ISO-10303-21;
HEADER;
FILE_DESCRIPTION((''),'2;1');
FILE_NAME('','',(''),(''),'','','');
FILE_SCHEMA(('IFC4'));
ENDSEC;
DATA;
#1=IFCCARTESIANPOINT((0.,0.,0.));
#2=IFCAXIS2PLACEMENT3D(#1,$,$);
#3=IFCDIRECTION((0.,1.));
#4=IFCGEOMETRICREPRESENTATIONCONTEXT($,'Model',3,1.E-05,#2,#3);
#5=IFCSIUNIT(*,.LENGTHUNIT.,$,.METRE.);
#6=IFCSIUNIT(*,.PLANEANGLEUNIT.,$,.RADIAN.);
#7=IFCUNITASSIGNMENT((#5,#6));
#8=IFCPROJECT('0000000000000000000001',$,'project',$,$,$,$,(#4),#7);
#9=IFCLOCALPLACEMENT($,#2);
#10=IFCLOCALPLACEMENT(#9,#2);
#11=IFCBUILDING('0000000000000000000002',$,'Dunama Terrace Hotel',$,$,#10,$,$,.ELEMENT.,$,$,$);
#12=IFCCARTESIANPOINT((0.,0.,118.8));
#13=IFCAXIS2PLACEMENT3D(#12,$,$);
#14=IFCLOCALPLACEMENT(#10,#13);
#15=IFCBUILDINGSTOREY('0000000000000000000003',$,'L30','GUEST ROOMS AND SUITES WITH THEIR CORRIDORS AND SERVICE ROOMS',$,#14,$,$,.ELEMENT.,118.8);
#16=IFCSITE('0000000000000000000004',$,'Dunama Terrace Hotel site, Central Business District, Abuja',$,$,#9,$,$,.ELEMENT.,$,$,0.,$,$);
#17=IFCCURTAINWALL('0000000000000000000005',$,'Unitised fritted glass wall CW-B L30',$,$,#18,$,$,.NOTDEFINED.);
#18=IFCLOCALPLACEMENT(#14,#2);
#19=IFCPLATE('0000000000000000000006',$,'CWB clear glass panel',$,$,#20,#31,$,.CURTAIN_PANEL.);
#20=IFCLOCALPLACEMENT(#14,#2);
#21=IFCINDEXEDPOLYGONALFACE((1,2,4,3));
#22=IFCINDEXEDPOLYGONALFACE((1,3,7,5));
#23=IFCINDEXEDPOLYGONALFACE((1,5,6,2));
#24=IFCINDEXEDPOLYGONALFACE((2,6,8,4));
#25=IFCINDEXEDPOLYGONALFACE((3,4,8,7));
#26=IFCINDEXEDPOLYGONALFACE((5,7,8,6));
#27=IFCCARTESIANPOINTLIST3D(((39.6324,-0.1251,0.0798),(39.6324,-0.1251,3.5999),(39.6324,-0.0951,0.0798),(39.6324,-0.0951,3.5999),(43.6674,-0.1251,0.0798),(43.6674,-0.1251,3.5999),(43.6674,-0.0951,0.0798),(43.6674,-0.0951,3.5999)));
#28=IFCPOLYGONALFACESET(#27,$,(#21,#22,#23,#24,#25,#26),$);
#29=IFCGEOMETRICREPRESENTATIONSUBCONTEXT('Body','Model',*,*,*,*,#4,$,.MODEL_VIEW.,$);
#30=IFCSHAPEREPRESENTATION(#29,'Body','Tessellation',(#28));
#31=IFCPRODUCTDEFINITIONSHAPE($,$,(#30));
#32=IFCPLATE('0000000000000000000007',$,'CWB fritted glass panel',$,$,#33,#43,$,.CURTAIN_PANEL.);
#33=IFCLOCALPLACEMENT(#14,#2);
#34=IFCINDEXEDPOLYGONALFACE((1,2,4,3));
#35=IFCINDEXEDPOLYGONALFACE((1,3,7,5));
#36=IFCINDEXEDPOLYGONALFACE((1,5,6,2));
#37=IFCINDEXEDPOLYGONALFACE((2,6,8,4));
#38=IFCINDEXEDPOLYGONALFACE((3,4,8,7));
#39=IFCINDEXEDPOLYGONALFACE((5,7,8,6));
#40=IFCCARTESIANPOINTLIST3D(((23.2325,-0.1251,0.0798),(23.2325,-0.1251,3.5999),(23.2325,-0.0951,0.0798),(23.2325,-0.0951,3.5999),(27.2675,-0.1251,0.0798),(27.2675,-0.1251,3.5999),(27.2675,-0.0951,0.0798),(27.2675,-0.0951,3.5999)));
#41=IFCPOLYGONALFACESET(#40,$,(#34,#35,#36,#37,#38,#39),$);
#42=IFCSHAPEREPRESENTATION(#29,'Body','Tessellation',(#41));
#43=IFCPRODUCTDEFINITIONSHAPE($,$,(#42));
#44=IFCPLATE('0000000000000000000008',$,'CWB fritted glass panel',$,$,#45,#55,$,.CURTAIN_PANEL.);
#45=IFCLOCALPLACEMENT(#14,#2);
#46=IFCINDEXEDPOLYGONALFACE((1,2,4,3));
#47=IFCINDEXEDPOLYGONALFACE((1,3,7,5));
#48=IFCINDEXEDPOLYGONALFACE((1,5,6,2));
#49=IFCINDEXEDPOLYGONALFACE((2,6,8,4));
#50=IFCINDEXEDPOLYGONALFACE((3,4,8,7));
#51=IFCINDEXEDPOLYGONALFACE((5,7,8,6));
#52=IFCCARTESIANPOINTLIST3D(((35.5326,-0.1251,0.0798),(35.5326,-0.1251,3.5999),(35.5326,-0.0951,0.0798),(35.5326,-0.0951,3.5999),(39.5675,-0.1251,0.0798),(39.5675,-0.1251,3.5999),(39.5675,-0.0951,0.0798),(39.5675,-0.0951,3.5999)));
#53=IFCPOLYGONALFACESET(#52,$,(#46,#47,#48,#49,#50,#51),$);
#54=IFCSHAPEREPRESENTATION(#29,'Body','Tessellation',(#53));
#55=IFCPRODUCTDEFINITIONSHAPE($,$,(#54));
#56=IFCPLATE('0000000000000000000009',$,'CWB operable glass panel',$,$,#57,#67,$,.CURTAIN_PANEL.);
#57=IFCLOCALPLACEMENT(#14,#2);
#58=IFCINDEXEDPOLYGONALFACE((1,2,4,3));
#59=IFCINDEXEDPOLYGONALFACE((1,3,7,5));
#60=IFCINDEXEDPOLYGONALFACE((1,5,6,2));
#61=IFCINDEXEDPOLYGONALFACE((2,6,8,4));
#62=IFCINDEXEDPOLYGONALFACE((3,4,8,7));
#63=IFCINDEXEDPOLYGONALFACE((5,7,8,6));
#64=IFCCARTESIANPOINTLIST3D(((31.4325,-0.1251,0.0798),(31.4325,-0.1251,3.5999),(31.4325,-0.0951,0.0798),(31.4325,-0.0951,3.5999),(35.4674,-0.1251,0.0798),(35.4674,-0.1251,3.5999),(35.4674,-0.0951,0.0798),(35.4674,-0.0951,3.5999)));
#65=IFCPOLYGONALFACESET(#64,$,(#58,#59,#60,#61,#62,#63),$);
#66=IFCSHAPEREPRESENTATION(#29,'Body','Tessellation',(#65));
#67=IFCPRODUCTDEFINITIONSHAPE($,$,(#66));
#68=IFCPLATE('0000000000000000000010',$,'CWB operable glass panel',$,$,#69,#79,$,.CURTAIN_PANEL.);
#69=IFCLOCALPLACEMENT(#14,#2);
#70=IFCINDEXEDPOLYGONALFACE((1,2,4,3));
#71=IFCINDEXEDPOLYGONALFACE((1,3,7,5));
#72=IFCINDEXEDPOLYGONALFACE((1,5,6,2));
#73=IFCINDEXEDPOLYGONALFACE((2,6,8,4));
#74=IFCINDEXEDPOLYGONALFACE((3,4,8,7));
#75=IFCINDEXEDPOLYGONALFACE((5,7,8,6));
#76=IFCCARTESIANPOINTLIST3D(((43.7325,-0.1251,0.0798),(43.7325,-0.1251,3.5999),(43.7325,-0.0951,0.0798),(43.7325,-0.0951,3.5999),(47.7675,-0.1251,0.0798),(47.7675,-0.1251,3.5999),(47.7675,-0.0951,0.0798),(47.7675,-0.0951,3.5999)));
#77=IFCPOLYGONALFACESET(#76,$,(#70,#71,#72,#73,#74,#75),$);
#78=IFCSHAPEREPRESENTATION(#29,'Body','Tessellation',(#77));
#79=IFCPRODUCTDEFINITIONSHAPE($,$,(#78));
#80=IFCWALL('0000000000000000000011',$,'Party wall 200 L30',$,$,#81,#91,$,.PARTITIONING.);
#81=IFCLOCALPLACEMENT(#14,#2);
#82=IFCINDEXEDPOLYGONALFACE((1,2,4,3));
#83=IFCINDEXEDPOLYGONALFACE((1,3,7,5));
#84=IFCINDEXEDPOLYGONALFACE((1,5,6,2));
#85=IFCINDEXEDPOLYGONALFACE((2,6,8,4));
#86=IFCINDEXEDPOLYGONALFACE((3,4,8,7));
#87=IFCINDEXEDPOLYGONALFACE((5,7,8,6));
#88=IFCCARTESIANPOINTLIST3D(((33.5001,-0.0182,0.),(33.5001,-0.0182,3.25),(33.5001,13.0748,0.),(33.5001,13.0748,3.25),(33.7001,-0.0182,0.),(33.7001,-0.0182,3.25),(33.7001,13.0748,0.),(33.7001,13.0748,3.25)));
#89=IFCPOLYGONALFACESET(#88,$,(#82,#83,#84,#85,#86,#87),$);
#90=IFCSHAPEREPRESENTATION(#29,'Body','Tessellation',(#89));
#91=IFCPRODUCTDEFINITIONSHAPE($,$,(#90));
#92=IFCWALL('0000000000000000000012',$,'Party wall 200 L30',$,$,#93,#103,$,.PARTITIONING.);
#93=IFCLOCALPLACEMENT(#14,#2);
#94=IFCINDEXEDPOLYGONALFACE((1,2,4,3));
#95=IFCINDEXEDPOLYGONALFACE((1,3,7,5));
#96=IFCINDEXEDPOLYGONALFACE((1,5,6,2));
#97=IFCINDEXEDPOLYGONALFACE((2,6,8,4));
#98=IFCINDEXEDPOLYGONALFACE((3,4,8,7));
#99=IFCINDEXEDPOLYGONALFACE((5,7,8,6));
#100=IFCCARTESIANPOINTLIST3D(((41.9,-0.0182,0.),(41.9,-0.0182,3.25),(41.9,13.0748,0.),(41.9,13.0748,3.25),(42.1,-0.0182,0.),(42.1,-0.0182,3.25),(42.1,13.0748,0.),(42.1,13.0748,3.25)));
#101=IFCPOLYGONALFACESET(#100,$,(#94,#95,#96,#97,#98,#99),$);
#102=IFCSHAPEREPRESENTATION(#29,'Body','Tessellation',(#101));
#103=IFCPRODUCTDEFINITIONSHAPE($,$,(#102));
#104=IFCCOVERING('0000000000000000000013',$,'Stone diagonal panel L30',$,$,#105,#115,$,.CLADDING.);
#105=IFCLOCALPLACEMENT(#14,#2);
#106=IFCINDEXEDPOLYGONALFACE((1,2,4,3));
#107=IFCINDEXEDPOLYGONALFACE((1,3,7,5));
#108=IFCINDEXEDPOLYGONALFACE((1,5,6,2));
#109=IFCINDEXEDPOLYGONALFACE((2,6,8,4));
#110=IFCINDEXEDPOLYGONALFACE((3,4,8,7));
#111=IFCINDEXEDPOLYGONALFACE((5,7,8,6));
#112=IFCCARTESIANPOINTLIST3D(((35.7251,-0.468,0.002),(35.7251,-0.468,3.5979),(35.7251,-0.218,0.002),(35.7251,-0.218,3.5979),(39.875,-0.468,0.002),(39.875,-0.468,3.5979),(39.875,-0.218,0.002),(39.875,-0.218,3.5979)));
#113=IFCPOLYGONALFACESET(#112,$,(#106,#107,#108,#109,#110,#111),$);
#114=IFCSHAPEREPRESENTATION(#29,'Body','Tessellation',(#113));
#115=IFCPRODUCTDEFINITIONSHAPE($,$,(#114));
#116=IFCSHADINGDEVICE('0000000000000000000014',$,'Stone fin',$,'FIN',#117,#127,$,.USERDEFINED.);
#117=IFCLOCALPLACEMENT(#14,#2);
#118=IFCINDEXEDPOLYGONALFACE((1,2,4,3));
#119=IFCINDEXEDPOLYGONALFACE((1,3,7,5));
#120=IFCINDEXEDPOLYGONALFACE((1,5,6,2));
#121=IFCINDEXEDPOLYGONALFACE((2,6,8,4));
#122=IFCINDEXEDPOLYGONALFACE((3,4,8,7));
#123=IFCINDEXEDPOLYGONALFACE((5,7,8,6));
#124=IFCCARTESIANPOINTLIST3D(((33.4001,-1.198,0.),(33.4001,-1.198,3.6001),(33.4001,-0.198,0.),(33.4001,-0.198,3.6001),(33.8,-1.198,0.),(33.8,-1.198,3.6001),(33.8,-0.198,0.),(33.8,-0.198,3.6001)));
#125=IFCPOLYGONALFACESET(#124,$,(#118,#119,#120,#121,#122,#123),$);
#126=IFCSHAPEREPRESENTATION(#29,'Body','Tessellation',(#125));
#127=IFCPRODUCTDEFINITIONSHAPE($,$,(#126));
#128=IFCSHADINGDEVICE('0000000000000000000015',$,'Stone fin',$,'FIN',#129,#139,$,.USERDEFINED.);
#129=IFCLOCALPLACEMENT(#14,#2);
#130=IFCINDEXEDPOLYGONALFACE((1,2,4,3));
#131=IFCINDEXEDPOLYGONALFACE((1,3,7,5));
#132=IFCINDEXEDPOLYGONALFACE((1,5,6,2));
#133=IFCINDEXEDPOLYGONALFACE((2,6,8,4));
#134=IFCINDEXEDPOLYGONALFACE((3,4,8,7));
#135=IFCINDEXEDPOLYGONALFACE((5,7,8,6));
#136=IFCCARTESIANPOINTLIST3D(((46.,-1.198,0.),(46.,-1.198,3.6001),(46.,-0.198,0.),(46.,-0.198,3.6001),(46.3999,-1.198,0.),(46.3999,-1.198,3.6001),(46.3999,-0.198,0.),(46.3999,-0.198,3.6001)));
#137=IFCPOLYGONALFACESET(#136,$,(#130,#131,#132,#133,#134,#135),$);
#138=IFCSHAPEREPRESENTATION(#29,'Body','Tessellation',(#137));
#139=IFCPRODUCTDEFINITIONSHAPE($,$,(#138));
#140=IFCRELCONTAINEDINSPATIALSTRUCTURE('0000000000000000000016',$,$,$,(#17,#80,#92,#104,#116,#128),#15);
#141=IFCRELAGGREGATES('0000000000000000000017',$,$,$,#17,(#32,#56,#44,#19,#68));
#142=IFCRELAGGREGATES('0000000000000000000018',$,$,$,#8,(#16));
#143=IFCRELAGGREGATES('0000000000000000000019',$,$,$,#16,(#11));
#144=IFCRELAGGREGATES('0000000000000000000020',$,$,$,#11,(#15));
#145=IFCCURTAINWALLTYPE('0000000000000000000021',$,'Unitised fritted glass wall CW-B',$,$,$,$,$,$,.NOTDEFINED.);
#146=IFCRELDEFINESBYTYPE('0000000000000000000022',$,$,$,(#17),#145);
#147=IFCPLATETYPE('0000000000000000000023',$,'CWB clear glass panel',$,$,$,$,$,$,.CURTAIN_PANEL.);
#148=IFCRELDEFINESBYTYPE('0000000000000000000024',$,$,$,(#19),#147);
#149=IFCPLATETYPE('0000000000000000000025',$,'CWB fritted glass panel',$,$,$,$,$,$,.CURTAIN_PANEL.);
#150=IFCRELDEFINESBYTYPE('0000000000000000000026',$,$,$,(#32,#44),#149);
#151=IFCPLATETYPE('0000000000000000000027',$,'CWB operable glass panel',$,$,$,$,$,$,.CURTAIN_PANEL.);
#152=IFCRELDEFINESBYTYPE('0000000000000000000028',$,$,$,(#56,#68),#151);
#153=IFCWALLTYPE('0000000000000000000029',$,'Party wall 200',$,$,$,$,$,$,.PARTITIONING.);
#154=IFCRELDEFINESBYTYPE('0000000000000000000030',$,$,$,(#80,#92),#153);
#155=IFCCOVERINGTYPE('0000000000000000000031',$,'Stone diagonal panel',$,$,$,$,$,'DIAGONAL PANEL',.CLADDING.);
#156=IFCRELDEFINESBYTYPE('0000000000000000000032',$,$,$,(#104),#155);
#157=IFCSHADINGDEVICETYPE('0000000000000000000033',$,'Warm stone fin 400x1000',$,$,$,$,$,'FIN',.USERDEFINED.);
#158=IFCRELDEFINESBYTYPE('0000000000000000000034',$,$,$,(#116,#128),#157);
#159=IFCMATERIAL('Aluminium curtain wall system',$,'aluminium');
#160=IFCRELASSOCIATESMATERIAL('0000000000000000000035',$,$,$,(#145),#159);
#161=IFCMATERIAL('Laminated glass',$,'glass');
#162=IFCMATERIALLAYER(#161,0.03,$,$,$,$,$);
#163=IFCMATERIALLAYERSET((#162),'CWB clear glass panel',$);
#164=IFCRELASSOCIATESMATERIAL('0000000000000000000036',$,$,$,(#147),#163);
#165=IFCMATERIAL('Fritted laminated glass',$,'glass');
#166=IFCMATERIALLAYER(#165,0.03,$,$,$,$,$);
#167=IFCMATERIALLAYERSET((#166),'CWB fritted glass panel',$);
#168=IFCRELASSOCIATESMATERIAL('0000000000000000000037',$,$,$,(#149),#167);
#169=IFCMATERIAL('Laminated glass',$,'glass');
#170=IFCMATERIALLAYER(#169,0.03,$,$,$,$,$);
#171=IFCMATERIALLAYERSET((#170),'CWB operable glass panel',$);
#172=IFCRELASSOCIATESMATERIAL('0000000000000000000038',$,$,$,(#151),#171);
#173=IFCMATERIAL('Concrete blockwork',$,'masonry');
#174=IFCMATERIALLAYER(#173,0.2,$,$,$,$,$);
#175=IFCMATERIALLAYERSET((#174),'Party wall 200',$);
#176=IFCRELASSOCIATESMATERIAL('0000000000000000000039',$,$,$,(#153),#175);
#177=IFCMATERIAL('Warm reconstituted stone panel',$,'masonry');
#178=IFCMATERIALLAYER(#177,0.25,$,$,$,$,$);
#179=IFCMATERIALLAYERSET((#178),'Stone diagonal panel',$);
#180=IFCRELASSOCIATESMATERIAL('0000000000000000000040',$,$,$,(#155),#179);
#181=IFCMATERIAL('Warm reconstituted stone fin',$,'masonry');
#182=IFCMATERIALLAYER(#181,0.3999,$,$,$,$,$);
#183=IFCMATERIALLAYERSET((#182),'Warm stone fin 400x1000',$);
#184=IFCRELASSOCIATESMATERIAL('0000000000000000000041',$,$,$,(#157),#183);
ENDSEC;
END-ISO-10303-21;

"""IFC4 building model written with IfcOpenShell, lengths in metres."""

from ifc_helpers import new_model, si_unit, direction, frame, frame_2d, origin, origin_2d, place, context, subcontext, project, spatial, rectangle, extrude, material, layer, layer_set, type_object, element, aggregate, save


model = new_model("IFC4")

# Units and contexts
model_context = context("Model", 3, precision=1e-05, world=origin(), true_north=direction((0.0, 1.0)))
body_context = subcontext(model_context, "Body", "Model", "MODEL_VIEW")
ifc_project = project(units=[si_unit("LENGTHUNIT", "METRE"), si_unit("PLANEANGLEUNIT", "RADIAN")], contexts=[model_context])

# Site, building, storey
site_placement = place(None, origin())
site = spatial("IfcSite", under=ifc_project, at=site_placement, Name="Dunama Terrace Hotel site, Central Business District, Abuja", CompositionType="ELEMENT", RefElevation=0.0)
building_placement = place(site_placement, origin())
building = spatial("IfcBuilding", under=site, at=building_placement, Name="Dunama Terrace Hotel", CompositionType="ELEMENT")
storey_placement = place(building_placement, frame((0.0, 0.0, 118.8)))
storey = spatial("IfcBuildingStorey", under=building, at=storey_placement, Name="L30", Description="GUEST ROOMS AND SUITES WITH THEIR CORRIDORS AND SERVICE ROOMS", CompositionType="ELEMENT", Elevation=118.8)

# Curtain wall
ifc_material_1 = material(Name="Aluminium curtain wall system", Category="aluminium")
curtain_wall_type = type_object("IfcCurtainWallType", Name="Unitised fritted glass wall CW-B", PredefinedType="NOTDEFINED", material=ifc_material_1)
curtain_wall_placement = place(storey_placement, origin())
curtain_wall = element("IfcCurtainWall", 1, at=curtain_wall_placement, inside=storey, type_object=curtain_wall_type, Name="Unitised fritted glass wall CW-B L30", PredefinedType="NOTDEFINED")

# Plates
ifc_material_2 = material(Name="Laminated glass", Category="glass")
ifc_layer_1 = layer(ifc_material_2, 0.03)
ifc_layer_set_1 = layer_set([ifc_layer_1], Name="CWB clear glass panel")
plate_type_1 = type_object("IfcPlateType", Name="CWB clear glass panel", PredefinedType="CURTAIN_PANEL", material=ifc_layer_set_1)
plate_1_placement = place(storey_placement, frame((41.6499, -0.1101, 0.0798), z_axis=(0.0, 0.0, 1.0), x_axis=(1.0, 0.0, 0.0)))
plate_1 = element("IfcPlate", 2, at=plate_1_placement, type_object=plate_type_1, Name="CWB clear glass panel", PredefinedType="CURTAIN_PANEL", context=body_context, shape_type="SweptSolid", body=[
    extrude(rectangle(XDim=4.0349, YDim=0.03, at=origin_2d()), origin(), (0.0, 0.0, 1.0), 3.52),
])
ifc_material_3 = material(Name="Fritted laminated glass", Category="glass")
ifc_layer_2 = layer(ifc_material_3, 0.03)
ifc_layer_set_2 = layer_set([ifc_layer_2], Name="CWB fritted glass panel")
plate_type_2 = type_object("IfcPlateType", Name="CWB fritted glass panel", PredefinedType="CURTAIN_PANEL", material=ifc_layer_set_2)
plate_2_placement = place(storey_placement, frame((25.25, -0.1101, 0.0798), z_axis=(0.0, 0.0, 1.0), x_axis=(1.0, 0.0, 0.0)))
plate_2 = element("IfcPlate", 3, at=plate_2_placement, type_object=plate_type_2, Name="CWB fritted glass panel", PredefinedType="CURTAIN_PANEL", context=body_context, shape_type="SweptSolid", body=[
    extrude(rectangle(XDim=4.0349, YDim=0.03, at=origin_2d()), origin(), (0.0, 0.0, 1.0), 3.52),
])
plate_3_placement = place(storey_placement, frame((37.55, -0.1101, 0.0798), z_axis=(0.0, 0.0, 1.0), x_axis=(1.0, 0.0, 0.0)))
plate_3 = element("IfcPlate", 4, at=plate_3_placement, type_object=plate_type_2, Name="CWB fritted glass panel", PredefinedType="CURTAIN_PANEL", context=body_context, shape_type="SweptSolid", body=[
    extrude(rectangle(XDim=4.0349, YDim=0.03, at=origin_2d()), origin(), (0.0, 0.0, 1.0), 3.52),
])
ifc_material_4 = material(Name="Laminated glass", Category="glass")
ifc_layer_3 = layer(ifc_material_4, 0.03)
ifc_layer_set_3 = layer_set([ifc_layer_3], Name="CWB operable glass panel")
plate_type_3 = type_object("IfcPlateType", Name="CWB operable glass panel", PredefinedType="CURTAIN_PANEL", material=ifc_layer_set_3)
plate_4_placement = place(storey_placement, frame((33.45, -0.1101, 0.0798), z_axis=(0.0, 0.0, 1.0), x_axis=(1.0, 0.0, 0.0)))
plate_4 = element("IfcPlate", 5, at=plate_4_placement, type_object=plate_type_3, Name="CWB operable glass panel", PredefinedType="CURTAIN_PANEL", context=body_context, shape_type="SweptSolid", body=[
    extrude(rectangle(XDim=4.0349, YDim=0.03, at=origin_2d()), origin(), (0.0, 0.0, 1.0), 3.52),
])
plate_5_placement = place(storey_placement, frame((45.75, -0.1101, 0.0798), z_axis=(0.0, 0.0, 1.0), x_axis=(1.0, 0.0, 0.0)))
plate_5 = element("IfcPlate", 6, at=plate_5_placement, type_object=plate_type_3, Name="CWB operable glass panel", PredefinedType="CURTAIN_PANEL", context=body_context, shape_type="SweptSolid", body=[
    extrude(rectangle(XDim=4.0349, YDim=0.03, at=origin_2d()), origin(), (0.0, 0.0, 1.0), 3.52),
])
aggregate(curtain_wall, [plate_2, plate_4, plate_3, plate_1, plate_5])

# Walls
ifc_material_5 = material(Name="Concrete blockwork", Category="masonry")
ifc_layer_4 = layer(ifc_material_5, 0.2)
ifc_layer_set_4 = layer_set([ifc_layer_4], Name="Party wall 200")
wall_type = type_object("IfcWallType", Name="Party wall 200", PredefinedType="PARTITIONING", material=ifc_layer_set_4)
for number, where, z_axis, x_axis, name in (
    (7, (33.6001, -0.0181, 0.0), (0.0, 0.0, 1.0), (0.0, 1.0, 0.0), "Party wall 200 L30"),
    (8, (42.0, -0.0181, 0.0), (0.0, 0.0, 1.0), (0.0, 1.0, 0.0), "Party wall 200 L30"),
):
    element("IfcWall", number, at=place(storey_placement, frame(where, z_axis=z_axis, x_axis=x_axis)), inside=storey, type_object=wall_type, Name=name, PredefinedType="PARTITIONING", context=body_context, shape_type="SweptSolid", body=[
        extrude(rectangle(XDim=13.093, YDim=0.2, at=frame_2d((6.5464, 0.0))), origin(), (0.0, 0.0, 1.0), 3.25),
    ])

# Covering
ifc_material_6 = material(Name="Warm reconstituted stone panel", Category="masonry")
ifc_layer_5 = layer(ifc_material_6, 0.25)
ifc_layer_set_5 = layer_set([ifc_layer_5], Name="Stone diagonal panel")
covering_type = type_object("IfcCoveringType", Name="Stone diagonal panel", ElementType="DIAGONAL PANEL", PredefinedType="CLADDING", material=ifc_layer_set_5)
covering_placement = place(storey_placement, frame((37.8, -0.343, 0.002), z_axis=(0.0, 0.0, 1.0), x_axis=(1.0, 0.0, 0.0)))
element("IfcCovering", 9, at=covering_placement, inside=storey, type_object=covering_type, Name="Stone diagonal panel L30", PredefinedType="CLADDING", context=body_context, shape_type="SweptSolid", body=[
    extrude(rectangle(XDim=4.1499, YDim=0.25, at=origin_2d()), origin(), (0.0, 0.0, 1.0), 3.5959),
])

# Shading devices
ifc_material_7 = material(Name="Warm reconstituted stone fin", Category="masonry")
ifc_layer_6 = layer(ifc_material_7, 0.3999)
ifc_layer_set_6 = layer_set([ifc_layer_6], Name="Warm stone fin 400x1000")
shading_device_type = type_object("IfcShadingDeviceType", Name="Warm stone fin 400x1000", ElementType="FIN", PredefinedType="USERDEFINED", material=ifc_layer_set_6)
for number, where, z_axis, x_axis, name in (
    (10, (33.6001, -0.698, 0.0), (0.0, 0.0, 1.0), (1.0, 0.0, 0.0), "Stone fin"),
    (11, (46.2, -0.698, 0.0), (0.0, 0.0, 1.0), (1.0, 0.0, 0.0), "Stone fin"),
):
    element("IfcShadingDevice", number, at=place(storey_placement, frame(where, z_axis=z_axis, x_axis=x_axis)), inside=storey, type_object=shading_device_type, Name=name, ObjectType="FIN", PredefinedType="USERDEFINED", context=body_context, shape_type="SweptSolid", body=[
        extrude(rectangle(XDim=0.3999, YDim=1.0, at=origin_2d()), origin(), (0.0, 0.0, 1.0), 3.6001),
    ])

save(model, "model.ifc")
